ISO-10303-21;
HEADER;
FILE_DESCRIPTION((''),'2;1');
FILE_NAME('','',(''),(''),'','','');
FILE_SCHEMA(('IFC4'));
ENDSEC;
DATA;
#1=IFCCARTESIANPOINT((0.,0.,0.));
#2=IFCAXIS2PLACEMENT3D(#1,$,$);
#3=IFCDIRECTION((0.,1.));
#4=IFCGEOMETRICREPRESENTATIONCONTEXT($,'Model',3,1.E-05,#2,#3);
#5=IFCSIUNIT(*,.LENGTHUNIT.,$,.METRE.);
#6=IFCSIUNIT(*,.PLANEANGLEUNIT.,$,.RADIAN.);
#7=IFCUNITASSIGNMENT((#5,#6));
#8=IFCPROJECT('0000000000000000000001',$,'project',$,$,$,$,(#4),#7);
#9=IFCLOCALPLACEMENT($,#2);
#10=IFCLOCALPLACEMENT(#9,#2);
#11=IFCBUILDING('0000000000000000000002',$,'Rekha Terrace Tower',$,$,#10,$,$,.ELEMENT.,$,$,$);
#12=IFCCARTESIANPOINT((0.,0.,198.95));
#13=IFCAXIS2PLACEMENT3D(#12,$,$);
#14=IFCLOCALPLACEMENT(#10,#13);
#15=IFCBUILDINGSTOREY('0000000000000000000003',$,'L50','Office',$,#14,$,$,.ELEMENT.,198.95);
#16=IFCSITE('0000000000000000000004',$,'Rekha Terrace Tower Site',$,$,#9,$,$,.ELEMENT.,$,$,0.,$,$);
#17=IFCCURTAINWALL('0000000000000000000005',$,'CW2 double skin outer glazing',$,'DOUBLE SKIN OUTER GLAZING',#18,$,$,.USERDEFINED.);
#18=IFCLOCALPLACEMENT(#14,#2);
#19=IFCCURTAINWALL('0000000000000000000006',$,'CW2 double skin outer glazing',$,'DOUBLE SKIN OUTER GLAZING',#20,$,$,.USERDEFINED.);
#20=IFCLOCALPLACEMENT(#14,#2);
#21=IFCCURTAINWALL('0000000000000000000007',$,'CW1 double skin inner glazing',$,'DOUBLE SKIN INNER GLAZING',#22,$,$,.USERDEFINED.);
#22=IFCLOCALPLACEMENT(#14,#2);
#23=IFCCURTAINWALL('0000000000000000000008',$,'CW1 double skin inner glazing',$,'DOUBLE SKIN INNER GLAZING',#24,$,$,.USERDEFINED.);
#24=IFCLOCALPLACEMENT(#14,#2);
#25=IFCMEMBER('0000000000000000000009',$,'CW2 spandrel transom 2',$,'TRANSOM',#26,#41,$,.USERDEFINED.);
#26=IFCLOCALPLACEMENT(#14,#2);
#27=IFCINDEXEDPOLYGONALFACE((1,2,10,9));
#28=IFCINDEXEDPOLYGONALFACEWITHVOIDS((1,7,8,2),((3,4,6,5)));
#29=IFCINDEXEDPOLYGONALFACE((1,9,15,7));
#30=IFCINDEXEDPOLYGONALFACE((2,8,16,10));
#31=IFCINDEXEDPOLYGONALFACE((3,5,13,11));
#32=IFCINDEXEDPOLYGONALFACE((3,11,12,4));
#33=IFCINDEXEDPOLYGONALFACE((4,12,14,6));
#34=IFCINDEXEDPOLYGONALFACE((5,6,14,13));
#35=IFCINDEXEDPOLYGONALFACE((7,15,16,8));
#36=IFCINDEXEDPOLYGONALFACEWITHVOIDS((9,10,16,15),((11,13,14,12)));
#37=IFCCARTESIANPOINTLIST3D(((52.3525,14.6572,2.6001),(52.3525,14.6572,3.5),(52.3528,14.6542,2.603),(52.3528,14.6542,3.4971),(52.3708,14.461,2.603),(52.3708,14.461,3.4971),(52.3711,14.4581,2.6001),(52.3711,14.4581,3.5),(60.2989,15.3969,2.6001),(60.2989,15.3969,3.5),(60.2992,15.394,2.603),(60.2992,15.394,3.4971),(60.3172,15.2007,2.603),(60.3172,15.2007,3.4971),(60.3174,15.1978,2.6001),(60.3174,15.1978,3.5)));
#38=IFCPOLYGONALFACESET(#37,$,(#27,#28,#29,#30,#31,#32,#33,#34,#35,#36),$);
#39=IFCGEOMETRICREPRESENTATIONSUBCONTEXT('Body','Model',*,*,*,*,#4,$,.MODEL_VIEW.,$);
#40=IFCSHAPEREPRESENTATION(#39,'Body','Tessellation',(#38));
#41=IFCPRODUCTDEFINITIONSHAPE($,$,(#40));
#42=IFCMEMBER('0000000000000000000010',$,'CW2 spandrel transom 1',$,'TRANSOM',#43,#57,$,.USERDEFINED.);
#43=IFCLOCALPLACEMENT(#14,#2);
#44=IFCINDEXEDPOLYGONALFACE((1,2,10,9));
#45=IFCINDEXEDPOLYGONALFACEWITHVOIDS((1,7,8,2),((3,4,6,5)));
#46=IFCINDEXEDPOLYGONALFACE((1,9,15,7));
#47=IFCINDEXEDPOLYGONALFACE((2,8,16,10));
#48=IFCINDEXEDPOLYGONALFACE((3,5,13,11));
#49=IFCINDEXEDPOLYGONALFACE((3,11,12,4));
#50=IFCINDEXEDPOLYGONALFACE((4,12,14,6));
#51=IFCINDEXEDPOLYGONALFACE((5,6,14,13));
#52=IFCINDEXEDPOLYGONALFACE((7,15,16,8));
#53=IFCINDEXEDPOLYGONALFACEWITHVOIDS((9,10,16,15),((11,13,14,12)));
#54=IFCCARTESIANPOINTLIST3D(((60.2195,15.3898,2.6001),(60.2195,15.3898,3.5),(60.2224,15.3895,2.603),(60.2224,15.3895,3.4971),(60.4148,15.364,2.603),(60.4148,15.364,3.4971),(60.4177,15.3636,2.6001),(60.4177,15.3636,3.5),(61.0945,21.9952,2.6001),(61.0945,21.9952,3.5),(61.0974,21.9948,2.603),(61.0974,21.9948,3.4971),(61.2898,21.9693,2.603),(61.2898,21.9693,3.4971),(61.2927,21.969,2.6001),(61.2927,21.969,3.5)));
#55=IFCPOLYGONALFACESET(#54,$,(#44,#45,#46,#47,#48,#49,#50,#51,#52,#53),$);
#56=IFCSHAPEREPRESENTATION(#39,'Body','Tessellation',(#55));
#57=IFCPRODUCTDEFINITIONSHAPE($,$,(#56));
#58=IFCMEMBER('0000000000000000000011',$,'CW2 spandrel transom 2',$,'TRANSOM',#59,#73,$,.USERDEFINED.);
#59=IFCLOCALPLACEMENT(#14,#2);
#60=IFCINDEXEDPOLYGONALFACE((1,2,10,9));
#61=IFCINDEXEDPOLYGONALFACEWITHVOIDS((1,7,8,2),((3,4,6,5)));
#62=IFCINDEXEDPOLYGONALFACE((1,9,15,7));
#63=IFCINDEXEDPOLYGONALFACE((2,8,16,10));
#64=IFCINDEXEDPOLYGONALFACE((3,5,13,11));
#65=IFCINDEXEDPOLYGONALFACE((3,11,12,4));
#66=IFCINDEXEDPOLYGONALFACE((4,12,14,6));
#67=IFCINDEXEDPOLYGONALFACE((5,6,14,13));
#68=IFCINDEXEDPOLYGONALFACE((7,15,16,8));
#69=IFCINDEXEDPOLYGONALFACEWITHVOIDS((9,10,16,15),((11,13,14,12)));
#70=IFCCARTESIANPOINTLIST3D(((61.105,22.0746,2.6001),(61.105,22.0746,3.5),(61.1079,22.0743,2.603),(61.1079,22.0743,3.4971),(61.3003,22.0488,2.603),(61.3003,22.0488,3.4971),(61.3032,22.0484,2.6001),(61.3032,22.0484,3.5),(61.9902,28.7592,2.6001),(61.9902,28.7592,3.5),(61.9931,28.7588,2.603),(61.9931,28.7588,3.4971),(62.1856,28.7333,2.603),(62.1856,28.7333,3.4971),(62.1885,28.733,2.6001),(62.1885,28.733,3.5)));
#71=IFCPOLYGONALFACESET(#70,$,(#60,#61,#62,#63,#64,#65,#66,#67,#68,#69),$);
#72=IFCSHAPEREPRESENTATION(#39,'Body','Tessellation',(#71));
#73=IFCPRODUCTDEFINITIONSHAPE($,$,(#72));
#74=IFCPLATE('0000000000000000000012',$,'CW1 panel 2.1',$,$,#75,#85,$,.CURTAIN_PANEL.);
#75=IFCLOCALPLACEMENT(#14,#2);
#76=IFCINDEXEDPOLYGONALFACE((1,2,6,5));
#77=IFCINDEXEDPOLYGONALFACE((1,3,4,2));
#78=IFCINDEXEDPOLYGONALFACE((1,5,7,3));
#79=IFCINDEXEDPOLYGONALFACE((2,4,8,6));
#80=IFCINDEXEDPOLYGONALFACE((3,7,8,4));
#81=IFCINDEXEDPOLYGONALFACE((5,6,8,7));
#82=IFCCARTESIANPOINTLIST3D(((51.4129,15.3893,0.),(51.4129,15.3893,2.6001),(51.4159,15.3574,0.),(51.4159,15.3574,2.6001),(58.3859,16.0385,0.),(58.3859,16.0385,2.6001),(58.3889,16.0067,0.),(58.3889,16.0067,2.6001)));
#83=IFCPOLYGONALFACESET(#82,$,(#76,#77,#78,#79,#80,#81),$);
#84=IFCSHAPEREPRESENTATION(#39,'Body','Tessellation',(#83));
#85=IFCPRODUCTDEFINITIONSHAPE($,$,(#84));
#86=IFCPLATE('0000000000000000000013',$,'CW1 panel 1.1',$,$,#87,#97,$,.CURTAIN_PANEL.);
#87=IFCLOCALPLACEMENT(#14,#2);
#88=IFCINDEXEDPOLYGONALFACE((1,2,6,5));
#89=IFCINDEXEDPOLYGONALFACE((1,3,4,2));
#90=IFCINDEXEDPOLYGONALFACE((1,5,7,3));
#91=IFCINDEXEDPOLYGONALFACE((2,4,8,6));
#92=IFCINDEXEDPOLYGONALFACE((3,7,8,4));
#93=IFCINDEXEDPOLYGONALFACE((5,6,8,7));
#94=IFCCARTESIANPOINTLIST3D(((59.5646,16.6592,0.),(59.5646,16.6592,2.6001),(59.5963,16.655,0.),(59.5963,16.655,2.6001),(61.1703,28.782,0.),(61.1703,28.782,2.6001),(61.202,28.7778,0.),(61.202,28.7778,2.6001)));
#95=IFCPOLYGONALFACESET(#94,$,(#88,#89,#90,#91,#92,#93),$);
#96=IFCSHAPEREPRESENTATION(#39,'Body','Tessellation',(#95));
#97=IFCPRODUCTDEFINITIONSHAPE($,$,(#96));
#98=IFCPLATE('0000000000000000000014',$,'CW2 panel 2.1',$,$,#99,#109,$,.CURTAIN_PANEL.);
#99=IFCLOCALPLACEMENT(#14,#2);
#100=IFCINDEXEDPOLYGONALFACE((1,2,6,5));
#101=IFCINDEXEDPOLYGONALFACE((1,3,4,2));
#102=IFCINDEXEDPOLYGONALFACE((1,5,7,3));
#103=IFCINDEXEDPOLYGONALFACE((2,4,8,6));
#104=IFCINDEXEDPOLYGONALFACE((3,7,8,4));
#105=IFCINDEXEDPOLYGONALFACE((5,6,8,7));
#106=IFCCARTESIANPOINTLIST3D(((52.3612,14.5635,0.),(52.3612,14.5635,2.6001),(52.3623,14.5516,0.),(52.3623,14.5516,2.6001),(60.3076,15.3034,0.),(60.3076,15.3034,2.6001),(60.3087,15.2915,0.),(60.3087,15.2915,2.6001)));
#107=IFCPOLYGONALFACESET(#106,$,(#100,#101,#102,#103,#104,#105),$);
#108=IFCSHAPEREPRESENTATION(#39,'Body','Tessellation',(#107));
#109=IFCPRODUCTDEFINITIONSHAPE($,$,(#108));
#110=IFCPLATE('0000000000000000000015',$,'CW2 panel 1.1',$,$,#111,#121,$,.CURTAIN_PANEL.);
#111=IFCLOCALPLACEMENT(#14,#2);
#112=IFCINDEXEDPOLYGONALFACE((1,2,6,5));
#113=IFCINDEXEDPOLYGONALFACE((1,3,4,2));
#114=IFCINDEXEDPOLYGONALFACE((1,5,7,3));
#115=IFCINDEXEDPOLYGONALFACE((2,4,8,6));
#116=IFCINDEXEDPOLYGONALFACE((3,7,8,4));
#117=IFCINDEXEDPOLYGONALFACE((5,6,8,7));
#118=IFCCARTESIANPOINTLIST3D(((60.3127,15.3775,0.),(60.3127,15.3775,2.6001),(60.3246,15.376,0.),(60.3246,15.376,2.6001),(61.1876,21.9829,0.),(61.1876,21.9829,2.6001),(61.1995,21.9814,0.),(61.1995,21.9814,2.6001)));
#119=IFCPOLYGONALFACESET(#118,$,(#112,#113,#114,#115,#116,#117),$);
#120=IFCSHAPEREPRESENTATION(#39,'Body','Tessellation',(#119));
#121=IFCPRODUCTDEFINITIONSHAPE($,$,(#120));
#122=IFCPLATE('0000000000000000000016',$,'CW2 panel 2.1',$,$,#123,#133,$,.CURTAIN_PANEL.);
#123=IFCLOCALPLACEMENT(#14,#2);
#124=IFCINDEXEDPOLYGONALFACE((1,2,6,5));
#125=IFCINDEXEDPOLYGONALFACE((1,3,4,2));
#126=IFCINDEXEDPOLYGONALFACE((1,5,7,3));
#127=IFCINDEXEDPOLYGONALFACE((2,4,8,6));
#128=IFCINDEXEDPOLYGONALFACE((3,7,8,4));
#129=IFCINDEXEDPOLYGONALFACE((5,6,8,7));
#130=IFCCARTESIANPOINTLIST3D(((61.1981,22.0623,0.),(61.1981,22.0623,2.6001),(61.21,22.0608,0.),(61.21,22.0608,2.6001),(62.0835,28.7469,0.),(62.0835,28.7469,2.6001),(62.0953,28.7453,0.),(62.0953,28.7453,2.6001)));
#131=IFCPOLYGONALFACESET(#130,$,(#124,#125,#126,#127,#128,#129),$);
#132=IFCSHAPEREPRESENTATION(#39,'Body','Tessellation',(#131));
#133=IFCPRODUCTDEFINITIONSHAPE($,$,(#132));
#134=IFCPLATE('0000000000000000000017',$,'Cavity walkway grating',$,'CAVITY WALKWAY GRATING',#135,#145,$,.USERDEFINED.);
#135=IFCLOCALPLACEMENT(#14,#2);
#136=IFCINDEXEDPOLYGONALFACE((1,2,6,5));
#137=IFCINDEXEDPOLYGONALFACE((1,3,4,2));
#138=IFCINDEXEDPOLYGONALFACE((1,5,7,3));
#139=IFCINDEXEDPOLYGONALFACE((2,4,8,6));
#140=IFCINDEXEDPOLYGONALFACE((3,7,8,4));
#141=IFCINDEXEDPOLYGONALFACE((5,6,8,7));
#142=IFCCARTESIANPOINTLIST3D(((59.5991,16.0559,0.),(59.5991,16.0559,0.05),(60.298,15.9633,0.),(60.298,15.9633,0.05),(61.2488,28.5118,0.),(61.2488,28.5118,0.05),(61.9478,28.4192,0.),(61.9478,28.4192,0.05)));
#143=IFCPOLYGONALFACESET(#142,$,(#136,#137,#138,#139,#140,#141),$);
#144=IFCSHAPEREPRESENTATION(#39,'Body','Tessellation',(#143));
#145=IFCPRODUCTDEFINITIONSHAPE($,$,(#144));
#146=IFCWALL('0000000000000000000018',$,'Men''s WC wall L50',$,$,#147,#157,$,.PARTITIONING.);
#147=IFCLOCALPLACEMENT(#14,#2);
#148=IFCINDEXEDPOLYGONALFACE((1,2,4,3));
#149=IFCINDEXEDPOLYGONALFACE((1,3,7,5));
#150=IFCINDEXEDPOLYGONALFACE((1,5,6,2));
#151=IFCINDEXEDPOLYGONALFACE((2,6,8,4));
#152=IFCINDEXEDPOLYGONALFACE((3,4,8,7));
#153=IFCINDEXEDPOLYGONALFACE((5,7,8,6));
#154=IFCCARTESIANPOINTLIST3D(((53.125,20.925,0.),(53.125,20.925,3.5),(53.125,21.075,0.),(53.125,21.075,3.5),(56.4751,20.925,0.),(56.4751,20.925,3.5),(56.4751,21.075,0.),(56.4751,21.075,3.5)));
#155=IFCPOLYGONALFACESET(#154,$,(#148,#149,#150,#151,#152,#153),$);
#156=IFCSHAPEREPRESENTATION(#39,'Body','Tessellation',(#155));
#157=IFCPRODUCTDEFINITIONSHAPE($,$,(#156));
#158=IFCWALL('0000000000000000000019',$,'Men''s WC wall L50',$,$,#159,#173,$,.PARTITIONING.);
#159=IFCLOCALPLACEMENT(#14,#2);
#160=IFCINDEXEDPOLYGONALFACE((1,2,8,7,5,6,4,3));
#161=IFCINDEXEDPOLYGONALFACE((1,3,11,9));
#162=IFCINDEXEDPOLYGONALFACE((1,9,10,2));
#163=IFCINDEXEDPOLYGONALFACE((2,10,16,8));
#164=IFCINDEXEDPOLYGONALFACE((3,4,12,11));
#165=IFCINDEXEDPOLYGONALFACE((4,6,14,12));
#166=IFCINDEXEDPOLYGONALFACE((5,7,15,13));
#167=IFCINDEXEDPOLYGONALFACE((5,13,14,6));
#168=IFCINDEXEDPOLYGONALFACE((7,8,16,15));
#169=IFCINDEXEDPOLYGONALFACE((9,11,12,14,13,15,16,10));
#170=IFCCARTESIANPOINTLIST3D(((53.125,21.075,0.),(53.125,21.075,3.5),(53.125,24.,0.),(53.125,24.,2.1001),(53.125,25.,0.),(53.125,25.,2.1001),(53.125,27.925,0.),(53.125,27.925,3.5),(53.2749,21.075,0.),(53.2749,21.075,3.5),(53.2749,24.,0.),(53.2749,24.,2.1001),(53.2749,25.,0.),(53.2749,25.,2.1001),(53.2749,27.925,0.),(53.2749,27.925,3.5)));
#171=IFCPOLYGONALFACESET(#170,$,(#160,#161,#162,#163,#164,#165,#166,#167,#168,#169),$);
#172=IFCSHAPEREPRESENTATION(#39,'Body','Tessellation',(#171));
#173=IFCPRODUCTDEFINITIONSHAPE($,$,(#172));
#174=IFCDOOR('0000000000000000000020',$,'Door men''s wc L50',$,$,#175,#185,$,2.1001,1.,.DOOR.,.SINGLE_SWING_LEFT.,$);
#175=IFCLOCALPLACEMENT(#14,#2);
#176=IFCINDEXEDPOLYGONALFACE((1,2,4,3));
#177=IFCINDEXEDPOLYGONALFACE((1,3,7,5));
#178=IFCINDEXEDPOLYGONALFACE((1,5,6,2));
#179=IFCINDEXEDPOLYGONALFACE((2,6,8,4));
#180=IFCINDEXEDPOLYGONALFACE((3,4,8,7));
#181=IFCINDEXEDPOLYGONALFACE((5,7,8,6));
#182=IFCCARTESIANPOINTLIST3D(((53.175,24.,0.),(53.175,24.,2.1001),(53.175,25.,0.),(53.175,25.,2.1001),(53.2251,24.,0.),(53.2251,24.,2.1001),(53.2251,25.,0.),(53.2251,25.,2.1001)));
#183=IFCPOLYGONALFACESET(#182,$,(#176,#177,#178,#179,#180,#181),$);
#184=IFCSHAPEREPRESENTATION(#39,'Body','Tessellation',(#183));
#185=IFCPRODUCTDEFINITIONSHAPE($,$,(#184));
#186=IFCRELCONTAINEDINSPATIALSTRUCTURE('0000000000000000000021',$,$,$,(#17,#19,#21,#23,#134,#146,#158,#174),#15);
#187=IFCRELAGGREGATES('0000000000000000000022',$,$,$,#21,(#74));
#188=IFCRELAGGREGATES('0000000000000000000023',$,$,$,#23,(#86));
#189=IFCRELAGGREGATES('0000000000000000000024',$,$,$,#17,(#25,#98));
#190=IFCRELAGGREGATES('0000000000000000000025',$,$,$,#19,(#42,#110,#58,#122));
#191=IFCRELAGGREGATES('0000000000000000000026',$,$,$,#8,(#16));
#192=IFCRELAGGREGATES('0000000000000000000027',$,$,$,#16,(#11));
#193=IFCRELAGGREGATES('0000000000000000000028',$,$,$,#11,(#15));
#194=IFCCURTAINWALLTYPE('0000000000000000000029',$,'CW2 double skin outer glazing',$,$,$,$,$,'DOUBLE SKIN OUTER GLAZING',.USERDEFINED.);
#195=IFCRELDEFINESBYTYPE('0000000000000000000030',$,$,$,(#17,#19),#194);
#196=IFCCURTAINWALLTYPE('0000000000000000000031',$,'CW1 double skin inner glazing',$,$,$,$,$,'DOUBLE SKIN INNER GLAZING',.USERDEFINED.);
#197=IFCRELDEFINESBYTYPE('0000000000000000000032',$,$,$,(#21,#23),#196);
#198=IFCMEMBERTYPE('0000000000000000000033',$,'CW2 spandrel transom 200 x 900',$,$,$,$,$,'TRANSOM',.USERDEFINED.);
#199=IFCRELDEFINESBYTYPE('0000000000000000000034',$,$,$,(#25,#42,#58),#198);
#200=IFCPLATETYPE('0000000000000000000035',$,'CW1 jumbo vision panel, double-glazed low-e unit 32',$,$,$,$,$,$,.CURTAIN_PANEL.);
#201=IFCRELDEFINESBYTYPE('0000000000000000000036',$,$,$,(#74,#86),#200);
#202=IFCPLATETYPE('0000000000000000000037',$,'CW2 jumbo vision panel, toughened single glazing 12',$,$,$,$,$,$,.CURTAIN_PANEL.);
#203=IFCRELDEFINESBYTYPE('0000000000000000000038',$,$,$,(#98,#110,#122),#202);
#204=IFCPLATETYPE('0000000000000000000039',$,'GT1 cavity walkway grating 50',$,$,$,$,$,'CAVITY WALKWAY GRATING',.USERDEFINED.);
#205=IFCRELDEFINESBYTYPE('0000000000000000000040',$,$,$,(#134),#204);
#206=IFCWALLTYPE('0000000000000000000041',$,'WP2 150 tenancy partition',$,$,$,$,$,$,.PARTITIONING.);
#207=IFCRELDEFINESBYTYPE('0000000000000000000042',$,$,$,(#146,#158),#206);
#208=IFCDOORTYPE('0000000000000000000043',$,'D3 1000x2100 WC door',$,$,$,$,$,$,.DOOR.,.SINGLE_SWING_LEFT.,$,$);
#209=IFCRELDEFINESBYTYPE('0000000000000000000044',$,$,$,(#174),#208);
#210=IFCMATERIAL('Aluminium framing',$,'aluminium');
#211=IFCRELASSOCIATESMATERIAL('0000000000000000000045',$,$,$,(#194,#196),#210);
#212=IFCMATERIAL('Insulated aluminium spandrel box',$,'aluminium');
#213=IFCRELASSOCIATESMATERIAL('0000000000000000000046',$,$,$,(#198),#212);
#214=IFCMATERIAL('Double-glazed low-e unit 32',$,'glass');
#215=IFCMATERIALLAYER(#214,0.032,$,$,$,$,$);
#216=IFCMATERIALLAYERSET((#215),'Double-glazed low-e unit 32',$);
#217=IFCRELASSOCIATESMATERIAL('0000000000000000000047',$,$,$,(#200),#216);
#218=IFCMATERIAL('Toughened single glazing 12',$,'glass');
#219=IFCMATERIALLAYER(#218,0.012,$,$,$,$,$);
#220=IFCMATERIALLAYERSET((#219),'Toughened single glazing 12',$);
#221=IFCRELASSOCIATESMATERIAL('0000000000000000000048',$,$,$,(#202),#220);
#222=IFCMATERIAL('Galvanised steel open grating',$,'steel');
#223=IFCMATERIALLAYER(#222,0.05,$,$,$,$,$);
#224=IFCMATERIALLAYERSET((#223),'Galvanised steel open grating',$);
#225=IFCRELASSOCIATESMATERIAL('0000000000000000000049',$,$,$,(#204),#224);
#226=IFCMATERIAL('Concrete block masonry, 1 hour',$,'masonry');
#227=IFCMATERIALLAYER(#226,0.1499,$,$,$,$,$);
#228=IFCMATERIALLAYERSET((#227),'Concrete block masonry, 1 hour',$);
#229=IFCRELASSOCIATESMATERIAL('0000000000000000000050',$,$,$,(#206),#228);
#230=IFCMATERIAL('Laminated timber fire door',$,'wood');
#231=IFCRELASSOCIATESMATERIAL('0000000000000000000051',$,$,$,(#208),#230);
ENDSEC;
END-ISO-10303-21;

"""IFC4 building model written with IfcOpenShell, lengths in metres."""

from ifc_helpers import new_model, si_unit, direction, frame, frame_2d, origin, origin_2d, place, context, subcontext, project, spatial, rectangle, hollow_rectangle, extrude, material, layer, layer_set, material_profile, profile_set, type_object, element, fill, aggregate, save


model = new_model("IFC4")

# Units and contexts
model_context = context("Model", 3, precision=1e-05, world=origin(), true_north=direction((0.0, 1.0)))
body_context = subcontext(model_context, "Body", "Model", "MODEL_VIEW")
ifc_project = project(units=[si_unit("LENGTHUNIT", "METRE"), si_unit("PLANEANGLEUNIT", "RADIAN")], contexts=[model_context])

# Site, building, storey
site_placement = place(None, origin())
site = spatial("IfcSite", under=ifc_project, at=site_placement, Name="Rekha Terrace Tower Site", CompositionType="ELEMENT", RefElevation=0.0)
building_placement = place(site_placement, origin())
building = spatial("IfcBuilding", under=site, at=building_placement, Name="Rekha Terrace Tower", CompositionType="ELEMENT")
storey_placement = place(building_placement, frame((0.0, 0.0, 198.95)))
storey = spatial("IfcBuildingStorey", under=building, at=storey_placement, Name="L50", Description="Office", CompositionType="ELEMENT", Elevation=198.95)

# Curtain walls
ifc_material_1 = material(Name="Aluminium framing", Category="aluminium")
curtain_wall_type_1 = type_object("IfcCurtainWallType", Name="CW2 double skin outer glazing", ElementType="DOUBLE SKIN OUTER GLAZING", PredefinedType="USERDEFINED", material=ifc_material_1)
curtain_wall_1_placement = place(storey_placement, origin())
curtain_wall_1 = element("IfcCurtainWall", 1, at=curtain_wall_1_placement, inside=storey, type_object=curtain_wall_type_1, Name="CW2 double skin outer glazing", ObjectType="DOUBLE SKIN OUTER GLAZING", PredefinedType="USERDEFINED")
curtain_wall_2_placement = place(storey_placement, origin())
curtain_wall_2 = element("IfcCurtainWall", 2, at=curtain_wall_2_placement, inside=storey, type_object=curtain_wall_type_1, Name="CW2 double skin outer glazing", ObjectType="DOUBLE SKIN OUTER GLAZING", PredefinedType="USERDEFINED")
curtain_wall_type_2 = type_object("IfcCurtainWallType", Name="CW1 double skin inner glazing", ElementType="DOUBLE SKIN INNER GLAZING", PredefinedType="USERDEFINED", material=ifc_material_1)
curtain_wall_3_placement = place(storey_placement, origin())
curtain_wall_3 = element("IfcCurtainWall", 3, at=curtain_wall_3_placement, inside=storey, type_object=curtain_wall_type_2, Name="CW1 double skin inner glazing", ObjectType="DOUBLE SKIN INNER GLAZING", PredefinedType="USERDEFINED")

# Curtain wall
curtain_wall_4_placement = place(storey_placement, origin())
curtain_wall_4 = element("IfcCurtainWall", 4, at=curtain_wall_4_placement, inside=storey, type_object=curtain_wall_type_2, Name="CW1 double skin inner glazing", ObjectType="DOUBLE SKIN INNER GLAZING", PredefinedType="USERDEFINED")
ifc_material_2 = material(Name="Insulated aluminium spandrel box", Category="aluminium")

# Members
ifc_material_profile_1 = material_profile(ifc_material_2, hollow_rectangle(XDim=0.2, YDim=0.8999, WallThickness=0.0029, at=origin_2d()), Name="AL SPANDREL BOX 200x900")
ifc_profile_set_1 = profile_set([ifc_material_profile_1], Name="Insulated aluminium spandrel box")
member_type_1 = type_object("IfcMemberType", Name="CW2 spandrel transom 200 x 900", ElementType="TRANSOM", PredefinedType="USERDEFINED", material=ifc_profile_set_1)
member_1_placement = place(storey_placement, frame((52.3618, 14.5576, 3.05), z_axis=(0.995695, 0.092692, 0.0), x_axis=(-0.092692, 0.995695, 0.0)))
member_1 = element("IfcMember", 5, at=member_1_placement, type_object=member_type_1, Name="CW2 spandrel transom 2", ObjectType="TRANSOM", PredefinedType="USERDEFINED", context=body_context, shape_type="SweptSolid", body=[
    extrude(hollow_rectangle(XDim=0.2, YDim=0.8999, WallThickness=0.0029, at=origin_2d()), origin(), (0.0, 0.0, 1.0), 7.9807),
])
member_2_placement = place(storey_placement, frame((60.3186, 15.3767, 3.05), z_axis=(0.131319, 0.99134, 0.0), x_axis=(-0.99134, 0.131319, 0.0)))
member_2 = element("IfcMember", 6, at=member_2_placement, type_object=member_type_1, Name="CW2 spandrel transom 1", ObjectType="TRANSOM", PredefinedType="USERDEFINED", context=body_context, shape_type="SweptSolid", body=[
    extrude(hollow_rectangle(XDim=0.2, YDim=0.8999, WallThickness=0.0029, at=origin_2d()), origin(), (0.0, 0.0, 1.0), 6.6631),
])
member_3_placement = place(storey_placement, frame((61.2041, 22.0615, 3.05), z_axis=(0.131286, 0.991345, 0.0), x_axis=(-0.991345, 0.131286, 0.0)))
member_3 = element("IfcMember", 7, at=member_3_placement, type_object=member_type_1, Name="CW2 spandrel transom 2", ObjectType="TRANSOM", PredefinedType="USERDEFINED", context=body_context, shape_type="SweptSolid", body=[
    extrude(hollow_rectangle(XDim=0.2, YDim=0.8999, WallThickness=0.0029, at=origin_2d()), origin(), (0.0, 0.0, 1.0), 6.7429),
])

# Plates
ifc_material_3 = material(Name="Double-glazed low-e unit 32", Category="glass")
ifc_layer_1 = layer(ifc_material_3, 0.032)
ifc_layer_set_1 = layer_set([ifc_layer_1], Name="Double-glazed low-e unit 32")
plate_type_1 = type_object("IfcPlateType", Name="CW1 jumbo vision panel, double-glazed low-e unit 32", PredefinedType="CURTAIN_PANEL", material=ifc_layer_set_1)
plate_1_placement = place(storey_placement, frame((54.9009, 15.698, 0.0), z_axis=(0.0, 0.0, 1.0), x_axis=(0.995693, 0.092709, 0.0)))
plate_1 = element("IfcPlate", 8, at=plate_1_placement, type_object=plate_type_1, Name="CW1 panel 2.1", PredefinedType="CURTAIN_PANEL", context=body_context, shape_type="SweptSolid", body=[
    extrude(rectangle(XDim=7.0032, YDim=0.032, at=origin_2d()), origin(), (0.0, 0.0, 1.0), 2.6001),
])
aggregate(curtain_wall_3, [plate_1])
plate_2_placement = place(storey_placement, frame((60.3833, 22.7185, 0.0), z_axis=(0.0, 0.0, 1.0), x_axis=(0.131304, 0.991342, 0.0)))
plate_2 = element("IfcPlate", 9, at=plate_2_placement, type_object=plate_type_1, Name="CW1 panel 1.1", PredefinedType="CURTAIN_PANEL", context=body_context, shape_type="SweptSolid", body=[
    extrude(rectangle(XDim=12.2288, YDim=0.032, at=origin_2d()), origin(), (0.0, 0.0, 1.0), 2.6001),
])
aggregate(curtain_wall_4, [plate_2])
ifc_material_4 = material(Name="Toughened single glazing 12", Category="glass")
ifc_layer_2 = layer(ifc_material_4, 0.012)
ifc_layer_set_2 = layer_set([ifc_layer_2], Name="Toughened single glazing 12")
plate_type_2 = type_object("IfcPlateType", Name="CW2 jumbo vision panel, toughened single glazing 12", PredefinedType="CURTAIN_PANEL", material=ifc_layer_set_2)
plate_3_placement = place(storey_placement, frame((56.335, 14.9275, 0.0), z_axis=(0.0, 0.0, 1.0), x_axis=(0.995693, 0.092709, 0.0)))
plate_3 = element("IfcPlate", 10, at=plate_3_placement, type_object=plate_type_2, Name="CW2 panel 2.1", PredefinedType="CURTAIN_PANEL", context=body_context, shape_type="SweptSolid", body=[
    extrude(rectangle(XDim=7.9807, YDim=0.012, at=origin_2d()), origin(), (0.0, 0.0, 1.0), 2.6001),
])
aggregate(curtain_wall_1, [member_1, plate_3])
plate_4_placement = place(storey_placement, frame((60.7561, 18.6794, 0.0), z_axis=(0.0, 0.0, 1.0), x_axis=(0.131304, 0.991342, 0.0)))
plate_4 = element("IfcPlate", 11, at=plate_4_placement, type_object=plate_type_2, Name="CW2 panel 1.1", PredefinedType="CURTAIN_PANEL", context=body_context, shape_type="SweptSolid", body=[
    extrude(rectangle(XDim=6.6631, YDim=0.012, at=origin_2d()), origin(), (0.0, 0.0, 1.0), 2.6001),
])
plate_5_placement = place(storey_placement, frame((61.6467, 25.4038, 0.0), z_axis=(0.0, 0.0, 1.0), x_axis=(0.131304, 0.991342, 0.0)))
plate_5 = element("IfcPlate", 12, at=plate_5_placement, type_object=plate_type_2, Name="CW2 panel 2.1", PredefinedType="CURTAIN_PANEL", context=body_context, shape_type="SweptSolid", body=[
    extrude(rectangle(XDim=6.7429, YDim=0.012, at=origin_2d()), origin(), (0.0, 0.0, 1.0), 2.6001),
])
aggregate(curtain_wall_2, [member_2, plate_4, member_3, plate_5])
ifc_material_5 = material(Name="Galvanised steel open grating", Category="steel")
ifc_layer_3 = layer(ifc_material_5, 0.05)
ifc_layer_set_3 = layer_set([ifc_layer_3], Name="Galvanised steel open grating")
plate_type_3 = type_object("IfcPlateType", Name="GT1 cavity walkway grating 50", ElementType="CAVITY WALKWAY GRATING", PredefinedType="USERDEFINED", material=ifc_layer_set_3)
plate_6_placement = place(storey_placement, frame((60.7734, 22.2375, 0.0), z_axis=(0.0, 0.0, 1.0), x_axis=(0.131304, 0.991342, 0.0)))
element("IfcPlate", 13, at=plate_6_placement, inside=storey, type_object=plate_type_3, Name="Cavity walkway grating", ObjectType="CAVITY WALKWAY GRATING", PredefinedType="USERDEFINED", context=body_context, shape_type="SweptSolid", body=[
    extrude(rectangle(XDim=12.5647, YDim=0.7051, at=origin_2d()), origin(), (0.0, 0.0, 1.0), 0.05),
])

# Wall
ifc_material_6 = material(Name="Concrete block masonry, 1 hour", Category="masonry")
ifc_layer_4 = layer(ifc_material_6, 0.1499)
ifc_layer_set_4 = layer_set([ifc_layer_4], Name="Concrete block masonry, 1 hour")
wall_type_1 = type_object("IfcWallType", Name="WP2 150 tenancy partition", PredefinedType="PARTITIONING", material=ifc_layer_set_4)
wall_1_placement = place(storey_placement, frame((53.125, 21.0, 0.0), z_axis=(0.0, 0.0, 1.0), x_axis=(1.0, 0.0, 0.0)))
element("IfcWall", 14, at=wall_1_placement, inside=storey, type_object=wall_type_1, Name="Men's WC wall L50", PredefinedType="PARTITIONING", context=body_context, shape_type="SweptSolid", body=[
    extrude(rectangle(XDim=3.3501, YDim=0.1499, at=frame_2d((1.675, 0.0))), origin(), (0.0, 0.0, 1.0), 3.5),
])

# Wall, opening, door
wall_2_placement = place(storey_placement, frame((53.2, 21.075, 0.0), z_axis=(0.0, 0.0, 1.0), x_axis=(0.0, 1.0, 0.0)))
wall_2 = element("IfcWall", 15, at=wall_2_placement, inside=storey, type_object=wall_type_1, Name="Men's WC wall L50", PredefinedType="PARTITIONING", context=body_context, shape_type="SweptSolid", body=[
    extrude(rectangle(XDim=6.8501, YDim=0.1499, at=frame_2d((3.425, 0.0))), origin(), (0.0, 0.0, 1.0), 3.5),
])
opening_placement = place(wall_2_placement, frame((2.925, 0.0, 0.0)))
opening = element("IfcOpeningElement", 16, at=opening_placement, cuts=wall_2, PredefinedType="OPENING", context=body_context, shape_type="SweptSolid", body=[
    extrude(rectangle(XDim=1.0, YDim=2.1001, at=frame_2d((0.5, 1.05))), frame((0.0, 0.085, 0.0), z_axis=(0.0, -1.0, 0.0), x_axis=(1.0, 0.0, 0.0)), (0.0, 0.0, 1.0), 0.1699),
])
ifc_material_7 = material(Name="Laminated timber fire door", Category="wood")
door_type = type_object("IfcDoorType", Name="D3 1000x2100 WC door", OperationType="SINGLE_SWING_LEFT", PredefinedType="DOOR", material=ifc_material_7)
door_placement = place(opening_placement, origin())
door = element("IfcDoor", 17, at=door_placement, inside=storey, type_object=door_type, Name="Door men's wc L50", OperationType="SINGLE_SWING_LEFT", OverallHeight=2.1001, OverallWidth=1.0, PredefinedType="DOOR", context=body_context, shape_type="SweptSolid", body=[
    extrude(rectangle(XDim=1.0, YDim=2.1001, at=frame_2d((0.5, 1.05))), frame((0.0, 0.0249, 0.0), z_axis=(0.0, -1.0, 0.0), x_axis=(1.0, 0.0, 0.0)), (0.0, 0.0, 1.0), 0.05),
])
fill(opening, door)

save(model, "model.ifc")
